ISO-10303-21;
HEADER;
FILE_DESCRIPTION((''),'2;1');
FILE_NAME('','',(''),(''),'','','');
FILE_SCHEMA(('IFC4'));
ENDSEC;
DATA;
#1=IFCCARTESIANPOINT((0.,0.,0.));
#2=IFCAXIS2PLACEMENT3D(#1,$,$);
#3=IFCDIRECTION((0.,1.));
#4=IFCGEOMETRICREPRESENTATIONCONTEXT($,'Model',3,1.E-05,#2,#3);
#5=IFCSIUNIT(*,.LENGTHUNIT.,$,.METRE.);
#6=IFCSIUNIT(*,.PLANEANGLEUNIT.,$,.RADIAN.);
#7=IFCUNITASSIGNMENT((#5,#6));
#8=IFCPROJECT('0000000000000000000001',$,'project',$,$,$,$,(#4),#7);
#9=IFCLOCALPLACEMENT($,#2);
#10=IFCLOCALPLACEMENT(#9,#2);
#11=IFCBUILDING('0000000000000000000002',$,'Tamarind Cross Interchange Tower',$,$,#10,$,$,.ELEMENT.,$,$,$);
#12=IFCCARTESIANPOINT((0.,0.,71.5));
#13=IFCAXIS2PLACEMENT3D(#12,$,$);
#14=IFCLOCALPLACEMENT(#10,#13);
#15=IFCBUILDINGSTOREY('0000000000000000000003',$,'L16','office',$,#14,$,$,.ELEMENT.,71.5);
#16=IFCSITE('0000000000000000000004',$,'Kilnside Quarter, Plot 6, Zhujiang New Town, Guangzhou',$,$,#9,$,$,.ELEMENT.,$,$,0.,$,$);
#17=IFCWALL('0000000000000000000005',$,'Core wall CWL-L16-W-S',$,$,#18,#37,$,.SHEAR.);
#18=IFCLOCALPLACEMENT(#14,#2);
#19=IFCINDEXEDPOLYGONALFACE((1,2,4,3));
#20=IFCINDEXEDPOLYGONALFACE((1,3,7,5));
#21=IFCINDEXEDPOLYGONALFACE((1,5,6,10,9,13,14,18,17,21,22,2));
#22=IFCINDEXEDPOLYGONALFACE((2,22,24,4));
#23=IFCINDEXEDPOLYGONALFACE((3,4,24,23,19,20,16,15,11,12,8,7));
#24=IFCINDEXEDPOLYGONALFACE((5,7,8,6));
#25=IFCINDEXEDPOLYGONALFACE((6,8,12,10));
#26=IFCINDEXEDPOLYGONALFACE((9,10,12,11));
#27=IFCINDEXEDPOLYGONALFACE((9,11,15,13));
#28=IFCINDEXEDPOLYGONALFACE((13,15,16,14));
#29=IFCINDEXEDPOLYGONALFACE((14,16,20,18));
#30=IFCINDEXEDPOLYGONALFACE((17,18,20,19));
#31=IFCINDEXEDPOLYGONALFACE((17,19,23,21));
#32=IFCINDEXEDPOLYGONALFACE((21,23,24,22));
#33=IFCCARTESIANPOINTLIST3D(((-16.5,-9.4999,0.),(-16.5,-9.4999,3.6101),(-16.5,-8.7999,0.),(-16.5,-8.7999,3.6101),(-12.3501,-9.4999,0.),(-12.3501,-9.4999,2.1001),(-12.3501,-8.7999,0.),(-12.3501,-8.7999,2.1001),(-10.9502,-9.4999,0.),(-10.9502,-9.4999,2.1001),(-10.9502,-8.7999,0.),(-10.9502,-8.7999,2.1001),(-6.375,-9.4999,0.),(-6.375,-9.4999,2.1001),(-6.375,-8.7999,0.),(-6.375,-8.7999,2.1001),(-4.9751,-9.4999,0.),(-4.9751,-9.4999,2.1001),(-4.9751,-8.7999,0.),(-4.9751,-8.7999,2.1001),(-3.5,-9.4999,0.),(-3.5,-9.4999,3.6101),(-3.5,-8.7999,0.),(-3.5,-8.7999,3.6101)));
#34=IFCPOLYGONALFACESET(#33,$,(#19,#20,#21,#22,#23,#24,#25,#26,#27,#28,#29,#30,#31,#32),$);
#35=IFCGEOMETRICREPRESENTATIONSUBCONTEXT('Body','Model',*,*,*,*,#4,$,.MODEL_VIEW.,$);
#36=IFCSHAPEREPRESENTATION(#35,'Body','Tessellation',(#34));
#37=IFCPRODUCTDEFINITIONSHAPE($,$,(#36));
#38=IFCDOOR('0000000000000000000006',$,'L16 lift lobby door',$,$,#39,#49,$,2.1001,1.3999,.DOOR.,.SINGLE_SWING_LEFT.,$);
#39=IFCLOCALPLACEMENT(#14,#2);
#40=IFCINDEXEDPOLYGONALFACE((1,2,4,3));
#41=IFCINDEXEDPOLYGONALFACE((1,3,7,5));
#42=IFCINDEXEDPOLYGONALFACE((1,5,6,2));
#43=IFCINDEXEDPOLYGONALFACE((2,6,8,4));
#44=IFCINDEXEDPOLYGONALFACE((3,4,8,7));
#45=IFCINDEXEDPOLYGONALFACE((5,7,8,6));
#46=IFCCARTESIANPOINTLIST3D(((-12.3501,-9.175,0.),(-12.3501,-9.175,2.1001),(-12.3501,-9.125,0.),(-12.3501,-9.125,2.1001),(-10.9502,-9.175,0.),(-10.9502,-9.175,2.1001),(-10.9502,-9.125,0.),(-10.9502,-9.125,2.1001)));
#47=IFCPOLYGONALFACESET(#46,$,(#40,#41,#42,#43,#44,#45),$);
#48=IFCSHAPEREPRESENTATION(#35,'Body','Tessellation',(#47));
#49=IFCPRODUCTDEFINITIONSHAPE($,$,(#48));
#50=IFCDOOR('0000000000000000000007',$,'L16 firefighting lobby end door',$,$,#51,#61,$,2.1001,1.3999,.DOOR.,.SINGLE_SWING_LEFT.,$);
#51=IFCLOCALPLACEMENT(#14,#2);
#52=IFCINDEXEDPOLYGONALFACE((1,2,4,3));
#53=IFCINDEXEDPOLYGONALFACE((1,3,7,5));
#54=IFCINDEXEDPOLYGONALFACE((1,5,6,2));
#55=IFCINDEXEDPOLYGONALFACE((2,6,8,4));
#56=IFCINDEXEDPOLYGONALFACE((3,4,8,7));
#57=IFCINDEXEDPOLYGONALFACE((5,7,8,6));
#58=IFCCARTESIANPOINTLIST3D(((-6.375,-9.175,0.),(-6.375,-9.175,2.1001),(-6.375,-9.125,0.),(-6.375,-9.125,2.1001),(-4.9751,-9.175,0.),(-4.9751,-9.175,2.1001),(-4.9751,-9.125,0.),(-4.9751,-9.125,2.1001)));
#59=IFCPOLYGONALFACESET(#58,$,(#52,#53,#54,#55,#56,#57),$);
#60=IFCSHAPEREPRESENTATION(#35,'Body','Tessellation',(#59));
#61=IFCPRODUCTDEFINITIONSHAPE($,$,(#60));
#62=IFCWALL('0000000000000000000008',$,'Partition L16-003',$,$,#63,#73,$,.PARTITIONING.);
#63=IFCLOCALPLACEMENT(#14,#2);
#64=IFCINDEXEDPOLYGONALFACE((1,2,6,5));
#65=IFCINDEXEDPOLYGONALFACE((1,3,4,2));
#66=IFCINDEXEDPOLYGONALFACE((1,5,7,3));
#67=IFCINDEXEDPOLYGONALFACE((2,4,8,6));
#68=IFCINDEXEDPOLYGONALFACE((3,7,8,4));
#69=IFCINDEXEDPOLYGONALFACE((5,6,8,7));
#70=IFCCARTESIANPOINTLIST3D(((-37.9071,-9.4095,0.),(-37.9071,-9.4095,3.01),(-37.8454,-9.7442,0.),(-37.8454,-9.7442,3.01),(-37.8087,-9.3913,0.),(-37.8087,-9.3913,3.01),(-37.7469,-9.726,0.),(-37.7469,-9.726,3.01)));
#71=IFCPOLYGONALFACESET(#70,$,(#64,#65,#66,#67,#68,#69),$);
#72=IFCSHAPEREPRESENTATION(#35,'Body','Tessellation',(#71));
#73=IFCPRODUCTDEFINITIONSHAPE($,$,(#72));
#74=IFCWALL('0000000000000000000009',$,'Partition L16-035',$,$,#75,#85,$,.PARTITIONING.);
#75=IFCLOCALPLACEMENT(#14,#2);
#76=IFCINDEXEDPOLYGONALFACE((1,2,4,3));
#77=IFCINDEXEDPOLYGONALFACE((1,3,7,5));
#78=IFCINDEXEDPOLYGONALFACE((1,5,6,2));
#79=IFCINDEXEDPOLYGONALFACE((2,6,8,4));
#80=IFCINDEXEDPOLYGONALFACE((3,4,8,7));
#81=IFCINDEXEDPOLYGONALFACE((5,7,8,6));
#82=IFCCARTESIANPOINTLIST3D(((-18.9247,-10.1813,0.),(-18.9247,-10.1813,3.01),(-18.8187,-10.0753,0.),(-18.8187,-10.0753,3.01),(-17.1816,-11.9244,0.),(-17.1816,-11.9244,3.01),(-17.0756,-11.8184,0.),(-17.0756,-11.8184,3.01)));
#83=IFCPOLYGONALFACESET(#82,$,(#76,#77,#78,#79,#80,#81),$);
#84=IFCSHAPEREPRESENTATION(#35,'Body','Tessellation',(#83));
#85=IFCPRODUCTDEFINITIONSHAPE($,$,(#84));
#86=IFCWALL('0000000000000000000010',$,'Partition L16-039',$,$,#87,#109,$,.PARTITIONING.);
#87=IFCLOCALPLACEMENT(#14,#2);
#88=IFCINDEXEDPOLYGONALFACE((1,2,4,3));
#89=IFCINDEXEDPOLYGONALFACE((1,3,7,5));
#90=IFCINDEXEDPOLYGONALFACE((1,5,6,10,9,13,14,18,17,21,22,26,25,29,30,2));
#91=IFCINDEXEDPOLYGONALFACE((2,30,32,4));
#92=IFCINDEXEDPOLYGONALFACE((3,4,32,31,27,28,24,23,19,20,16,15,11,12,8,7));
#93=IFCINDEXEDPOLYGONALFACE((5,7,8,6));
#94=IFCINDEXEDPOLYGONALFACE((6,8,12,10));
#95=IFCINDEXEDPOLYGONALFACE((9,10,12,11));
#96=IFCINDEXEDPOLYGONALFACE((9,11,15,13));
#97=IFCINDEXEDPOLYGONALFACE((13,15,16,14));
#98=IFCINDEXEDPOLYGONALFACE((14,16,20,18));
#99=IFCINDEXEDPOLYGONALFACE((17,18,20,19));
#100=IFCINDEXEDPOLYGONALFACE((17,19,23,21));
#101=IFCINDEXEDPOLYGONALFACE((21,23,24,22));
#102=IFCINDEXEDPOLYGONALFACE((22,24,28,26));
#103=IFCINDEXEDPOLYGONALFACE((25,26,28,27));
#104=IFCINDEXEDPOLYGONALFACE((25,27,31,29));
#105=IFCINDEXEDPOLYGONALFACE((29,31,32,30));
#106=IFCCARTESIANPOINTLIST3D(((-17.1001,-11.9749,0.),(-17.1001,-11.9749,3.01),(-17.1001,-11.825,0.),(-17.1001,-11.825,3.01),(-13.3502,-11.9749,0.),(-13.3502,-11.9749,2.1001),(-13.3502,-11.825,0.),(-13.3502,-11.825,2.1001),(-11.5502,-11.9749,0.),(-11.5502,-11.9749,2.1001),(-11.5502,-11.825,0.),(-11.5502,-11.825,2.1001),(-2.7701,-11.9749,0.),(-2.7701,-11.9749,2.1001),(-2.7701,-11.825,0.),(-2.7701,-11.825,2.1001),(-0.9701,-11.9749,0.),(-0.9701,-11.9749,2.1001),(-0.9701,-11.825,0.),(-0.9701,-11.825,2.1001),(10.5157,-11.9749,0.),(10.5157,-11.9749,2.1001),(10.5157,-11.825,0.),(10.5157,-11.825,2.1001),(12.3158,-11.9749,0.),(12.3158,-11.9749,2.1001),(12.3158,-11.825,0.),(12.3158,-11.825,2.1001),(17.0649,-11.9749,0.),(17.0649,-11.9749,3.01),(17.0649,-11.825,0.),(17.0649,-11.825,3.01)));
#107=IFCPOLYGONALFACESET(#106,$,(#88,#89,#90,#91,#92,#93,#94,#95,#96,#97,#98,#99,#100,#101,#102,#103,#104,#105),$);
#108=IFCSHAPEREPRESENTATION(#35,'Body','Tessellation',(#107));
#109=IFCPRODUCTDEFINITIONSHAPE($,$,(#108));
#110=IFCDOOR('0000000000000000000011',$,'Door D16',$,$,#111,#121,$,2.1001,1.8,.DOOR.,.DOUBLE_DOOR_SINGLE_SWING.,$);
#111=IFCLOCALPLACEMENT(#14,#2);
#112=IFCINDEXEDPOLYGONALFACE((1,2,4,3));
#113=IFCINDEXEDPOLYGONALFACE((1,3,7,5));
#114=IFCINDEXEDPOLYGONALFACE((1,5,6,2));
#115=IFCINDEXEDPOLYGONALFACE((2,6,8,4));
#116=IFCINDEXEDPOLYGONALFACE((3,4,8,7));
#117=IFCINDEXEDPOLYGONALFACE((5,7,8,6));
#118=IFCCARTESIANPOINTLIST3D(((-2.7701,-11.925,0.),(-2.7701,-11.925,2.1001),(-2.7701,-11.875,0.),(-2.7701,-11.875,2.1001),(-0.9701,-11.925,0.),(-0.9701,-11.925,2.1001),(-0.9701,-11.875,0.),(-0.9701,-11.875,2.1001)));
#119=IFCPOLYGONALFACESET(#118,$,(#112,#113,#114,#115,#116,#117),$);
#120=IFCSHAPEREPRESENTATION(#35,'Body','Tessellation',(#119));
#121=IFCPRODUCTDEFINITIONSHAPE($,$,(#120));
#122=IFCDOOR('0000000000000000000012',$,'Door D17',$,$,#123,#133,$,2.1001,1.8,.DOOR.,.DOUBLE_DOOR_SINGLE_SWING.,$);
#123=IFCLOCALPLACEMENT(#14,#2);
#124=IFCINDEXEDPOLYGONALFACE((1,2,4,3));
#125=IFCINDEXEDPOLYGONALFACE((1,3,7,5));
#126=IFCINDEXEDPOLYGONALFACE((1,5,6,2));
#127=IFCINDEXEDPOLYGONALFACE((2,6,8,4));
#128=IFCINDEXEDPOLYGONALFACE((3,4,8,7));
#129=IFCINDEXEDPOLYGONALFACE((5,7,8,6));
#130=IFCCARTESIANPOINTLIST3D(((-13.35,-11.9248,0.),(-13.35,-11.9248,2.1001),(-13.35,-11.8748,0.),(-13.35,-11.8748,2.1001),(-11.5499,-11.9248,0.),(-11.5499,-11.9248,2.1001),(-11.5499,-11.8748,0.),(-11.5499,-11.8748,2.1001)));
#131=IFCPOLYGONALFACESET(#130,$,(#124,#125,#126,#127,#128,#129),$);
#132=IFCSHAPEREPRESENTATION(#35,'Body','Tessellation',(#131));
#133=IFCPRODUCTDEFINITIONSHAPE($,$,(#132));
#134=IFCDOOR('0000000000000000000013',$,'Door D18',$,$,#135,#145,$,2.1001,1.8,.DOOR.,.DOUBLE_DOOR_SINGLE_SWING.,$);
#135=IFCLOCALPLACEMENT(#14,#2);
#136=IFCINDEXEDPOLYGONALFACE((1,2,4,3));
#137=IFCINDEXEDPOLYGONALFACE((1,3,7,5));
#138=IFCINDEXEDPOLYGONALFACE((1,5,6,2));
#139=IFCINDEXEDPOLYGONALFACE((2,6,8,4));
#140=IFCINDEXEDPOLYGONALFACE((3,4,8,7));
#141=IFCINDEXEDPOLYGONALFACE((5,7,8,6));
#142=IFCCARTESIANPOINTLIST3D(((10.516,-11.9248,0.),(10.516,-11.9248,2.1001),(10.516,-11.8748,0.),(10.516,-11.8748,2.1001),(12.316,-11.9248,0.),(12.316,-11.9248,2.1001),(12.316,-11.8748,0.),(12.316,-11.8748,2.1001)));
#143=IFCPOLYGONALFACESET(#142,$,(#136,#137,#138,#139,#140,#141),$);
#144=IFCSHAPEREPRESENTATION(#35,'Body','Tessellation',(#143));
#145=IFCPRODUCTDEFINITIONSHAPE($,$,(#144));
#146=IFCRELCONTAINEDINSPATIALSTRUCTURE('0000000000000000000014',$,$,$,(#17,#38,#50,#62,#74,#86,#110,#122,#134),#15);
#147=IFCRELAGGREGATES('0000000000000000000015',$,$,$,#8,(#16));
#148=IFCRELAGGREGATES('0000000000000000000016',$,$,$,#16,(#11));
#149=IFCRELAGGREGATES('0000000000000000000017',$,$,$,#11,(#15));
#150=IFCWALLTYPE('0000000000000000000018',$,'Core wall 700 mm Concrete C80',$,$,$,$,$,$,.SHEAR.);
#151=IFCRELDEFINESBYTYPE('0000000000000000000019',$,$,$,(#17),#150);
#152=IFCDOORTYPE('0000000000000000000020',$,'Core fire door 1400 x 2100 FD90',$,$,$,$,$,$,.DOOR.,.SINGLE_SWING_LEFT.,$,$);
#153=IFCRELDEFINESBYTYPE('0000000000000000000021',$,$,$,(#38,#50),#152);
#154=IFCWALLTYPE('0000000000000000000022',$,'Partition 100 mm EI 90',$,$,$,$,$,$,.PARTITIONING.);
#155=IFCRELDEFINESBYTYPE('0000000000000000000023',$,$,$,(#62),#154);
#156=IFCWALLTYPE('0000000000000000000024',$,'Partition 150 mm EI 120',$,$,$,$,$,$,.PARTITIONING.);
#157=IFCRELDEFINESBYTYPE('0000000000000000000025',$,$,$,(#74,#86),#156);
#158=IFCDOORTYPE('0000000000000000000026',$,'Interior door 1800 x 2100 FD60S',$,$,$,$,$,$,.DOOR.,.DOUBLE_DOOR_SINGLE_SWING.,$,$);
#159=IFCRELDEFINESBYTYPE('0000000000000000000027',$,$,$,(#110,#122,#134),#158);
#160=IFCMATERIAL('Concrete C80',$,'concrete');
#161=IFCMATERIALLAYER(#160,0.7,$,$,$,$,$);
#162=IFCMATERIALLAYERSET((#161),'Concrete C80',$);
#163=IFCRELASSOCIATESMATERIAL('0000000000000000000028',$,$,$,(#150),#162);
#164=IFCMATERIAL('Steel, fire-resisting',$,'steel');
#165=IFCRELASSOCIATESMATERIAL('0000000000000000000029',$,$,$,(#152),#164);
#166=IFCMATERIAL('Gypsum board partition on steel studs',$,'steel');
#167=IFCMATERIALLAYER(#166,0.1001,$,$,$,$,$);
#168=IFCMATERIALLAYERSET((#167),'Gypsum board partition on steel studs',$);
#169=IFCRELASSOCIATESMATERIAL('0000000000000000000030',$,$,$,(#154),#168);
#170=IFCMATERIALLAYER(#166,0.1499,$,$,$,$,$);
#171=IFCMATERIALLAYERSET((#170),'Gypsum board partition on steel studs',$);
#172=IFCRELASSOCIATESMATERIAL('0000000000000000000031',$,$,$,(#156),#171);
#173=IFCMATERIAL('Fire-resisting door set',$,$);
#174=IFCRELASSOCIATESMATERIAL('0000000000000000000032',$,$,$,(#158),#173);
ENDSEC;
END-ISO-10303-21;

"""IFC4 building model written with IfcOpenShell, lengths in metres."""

from ifc_helpers import new_model, si_unit, direction, frame, frame_2d, origin, place, context, subcontext, project, spatial, rectangle, extrude, material, layer, layer_set, type_object, element, fill, save


model = new_model("IFC4")

# Units and contexts
model_context = context("Model", 3, precision=1e-05, world=origin(), true_north=direction((0.0, 1.0)))
body_context = subcontext(model_context, "Body", "Model", "MODEL_VIEW")
ifc_project = project(units=[si_unit("LENGTHUNIT", "METRE"), si_unit("PLANEANGLEUNIT", "RADIAN")], contexts=[model_context])

# Site, building, storey
site_placement = place(None, origin())
site = spatial("IfcSite", under=ifc_project, at=site_placement, Name="Kilnside Quarter, Plot 6, Zhujiang New Town, Guangzhou", CompositionType="ELEMENT", RefElevation=0.0)
building_placement = place(site_placement, origin())
building = spatial("IfcBuilding", under=site, at=building_placement, Name="Tamarind Cross Interchange Tower", CompositionType="ELEMENT")
storey_placement = place(building_placement, frame((0.0, 0.0, 71.5)))
storey = spatial("IfcBuildingStorey", under=building, at=storey_placement, Name="L16", Description="office", CompositionType="ELEMENT", Elevation=71.5)

# Wall, openings, doors
ifc_material_1 = material(Name="Concrete C80", Category="concrete")
ifc_layer_1 = layer(ifc_material_1, 0.7)
ifc_layer_set_1 = layer_set([ifc_layer_1], Name="Concrete C80")
wall_type_1 = type_object("IfcWallType", Name="Core wall 700 mm Concrete C80", PredefinedType="SHEAR", material=ifc_layer_set_1)
wall_1_placement = place(storey_placement, frame((-16.5, -9.1499, 0.0), z_axis=(0.0, 0.0, 1.0), x_axis=(1.0, 0.0, 0.0)))
wall_1 = element("IfcWall", 1, at=wall_1_placement, inside=storey, type_object=wall_type_1, Name="Core wall CWL-L16-W-S", PredefinedType="SHEAR", context=body_context, shape_type="SweptSolid", body=[
    extrude(rectangle(XDim=13.0, YDim=0.7, at=frame_2d((6.5, 0.0))), origin(), (0.0, 0.0, 1.0), 3.6101),
])
opening_1_placement = place(wall_1_placement, frame((4.1499, 0.0, 0.0)))
opening_1 = element("IfcOpeningElement", 2, at=opening_1_placement, cuts=wall_1, PredefinedType="OPENING", context=body_context, shape_type="SweptSolid", body=[
    extrude(rectangle(XDim=1.3999, YDim=2.1001, at=frame_2d((0.7, 1.05))), frame((0.0, 0.3599, 0.0), z_axis=(0.0, -1.0, 0.0), x_axis=(1.0, 0.0, 0.0)), (0.0, 0.0, 1.0), 0.72),
])
opening_2_placement = place(wall_1_placement, frame((10.125, 0.0, 0.0)))
opening_2 = element("IfcOpeningElement", 3, at=opening_2_placement, cuts=wall_1, PredefinedType="OPENING", context=body_context, shape_type="SweptSolid", body=[
    extrude(rectangle(XDim=1.3999, YDim=2.1001, at=frame_2d((0.7, 1.05))), frame((0.0, 0.3599, 0.0), z_axis=(0.0, -1.0, 0.0), x_axis=(1.0, 0.0, 0.0)), (0.0, 0.0, 1.0), 0.72),
])
ifc_material_2 = material(Name="Steel, fire-resisting", Category="steel")
door_type_1 = type_object("IfcDoorType", Name="Core fire door 1400 x 2100 FD90", OperationType="SINGLE_SWING_LEFT", PredefinedType="DOOR", material=ifc_material_2)
door_1_placement = place(opening_1_placement, origin())
door_1 = element("IfcDoor", 4, at=door_1_placement, inside=storey, type_object=door_type_1, Name="L16 lift lobby door", OperationType="SINGLE_SWING_LEFT", OverallHeight=2.1001, OverallWidth=1.3999, PredefinedType="DOOR", context=body_context, shape_type="SweptSolid", body=[
    extrude(rectangle(XDim=1.3999, YDim=2.1001, at=frame_2d((0.7, 1.05))), frame((0.0, 0.0249, 0.0), z_axis=(0.0, -1.0, 0.0), x_axis=(1.0, 0.0, 0.0)), (0.0, 0.0, 1.0), 0.05),
])
fill(opening_1, door_1)
door_2_placement = place(opening_2_placement, origin())
door_2 = element("IfcDoor", 5, at=door_2_placement, inside=storey, type_object=door_type_1, Name="L16 firefighting lobby end door", OperationType="SINGLE_SWING_LEFT", OverallHeight=2.1001, OverallWidth=1.3999, PredefinedType="DOOR", context=body_context, shape_type="SweptSolid", body=[
    extrude(rectangle(XDim=1.3999, YDim=2.1001, at=frame_2d((0.7, 1.05))), frame((0.0, 0.0249, 0.0), z_axis=(0.0, -1.0, 0.0), x_axis=(1.0, 0.0, 0.0)), (0.0, 0.0, 1.0), 0.05),
])
fill(opening_2, door_2)

# Walls
ifc_material_3 = material(Name="Gypsum board partition on steel studs", Category="steel")
ifc_layer_2 = layer(ifc_material_3, 0.1001)
ifc_layer_set_2 = layer_set([ifc_layer_2], Name="Gypsum board partition on steel studs")
wall_type_2 = type_object("IfcWallType", Name="Partition 100 mm EI 90", PredefinedType="PARTITIONING", material=ifc_layer_set_2)
wall_2_placement = place(storey_placement, frame((-37.8579, -9.4004, 0.0), z_axis=(0.0, 0.0, 1.0), x_axis=(0.181473, -0.983396, 0.0)))
element("IfcWall", 6, at=wall_2_placement, inside=storey, type_object=wall_type_2, Name="Partition L16-003", PredefinedType="PARTITIONING", context=body_context, shape_type="SweptSolid", body=[
    extrude(rectangle(XDim=0.3403, YDim=0.1001, at=frame_2d((0.1702, 0.0))), origin(), (0.0, 0.0, 1.0), 3.01),
])
ifc_layer_3 = layer(ifc_material_3, 0.1499)
ifc_layer_set_3 = layer_set([ifc_layer_3], Name="Gypsum board partition on steel studs")
wall_type_3 = type_object("IfcWallType", Name="Partition 150 mm EI 120", PredefinedType="PARTITIONING", material=ifc_layer_set_3)
wall_3_placement = place(storey_placement, frame((-18.8716, -10.1284, 0.0), z_axis=(0.0, 0.0, 1.0), x_axis=(0.707107, -0.707107, 0.0)))
element("IfcWall", 7, at=wall_3_placement, inside=storey, type_object=wall_type_3, Name="Partition L16-035", PredefinedType="PARTITIONING", context=body_context, shape_type="SweptSolid", body=[
    extrude(rectangle(XDim=2.4651, YDim=0.1499, at=frame_2d((1.2324, 0.0))), origin(), (0.0, 0.0, 1.0), 3.01),
])

# Wall, openings, doors
wall_4_placement = place(storey_placement, frame((-17.1001, -11.8999, 0.0), z_axis=(0.0, 0.0, 1.0), x_axis=(1.0, 0.0, 0.0)))
wall_4 = element("IfcWall", 8, at=wall_4_placement, inside=storey, type_object=wall_type_3, Name="Partition L16-039", PredefinedType="PARTITIONING", context=body_context, shape_type="SweptSolid", body=[
    extrude(rectangle(XDim=34.165, YDim=0.1499, at=frame_2d((17.0825, 0.0))), origin(), (0.0, 0.0, 1.0), 3.01),
])
opening_3_placement = place(wall_4_placement, frame((14.3301, 0.0, 0.0)))
opening_3 = element("IfcOpeningElement", 9, at=opening_3_placement, cuts=wall_4, PredefinedType="OPENING", context=body_context, shape_type="SweptSolid", body=[
    extrude(rectangle(XDim=1.8, YDim=2.1001, at=frame_2d((0.8999, 1.05))), frame((0.0, 0.085, 0.0), z_axis=(0.0, -1.0, 0.0), x_axis=(1.0, 0.0, 0.0)), (0.0, 0.0, 1.0), 0.1699),
])
opening_4_placement = place(wall_4_placement, frame((3.75, 0.0, 0.0)))
opening_4 = element("IfcOpeningElement", 10, at=opening_4_placement, cuts=wall_4, PredefinedType="OPENING", context=body_context, shape_type="SweptSolid", body=[
    extrude(rectangle(XDim=1.8, YDim=2.1001, at=frame_2d((0.8999, 1.05))), frame((0.0, 0.085, 0.0), z_axis=(0.0, -1.0, 0.0), x_axis=(1.0, 0.0, 0.0)), (0.0, 0.0, 1.0), 0.1699),
])
opening_5_placement = place(wall_4_placement, frame((27.616, 0.0, 0.0)))
opening_5 = element("IfcOpeningElement", 11, at=opening_5_placement, cuts=wall_4, PredefinedType="OPENING", context=body_context, shape_type="SweptSolid", body=[
    extrude(rectangle(XDim=1.8, YDim=2.1001, at=frame_2d((0.8999, 1.05))), frame((0.0, 0.085, 0.0), z_axis=(0.0, -1.0, 0.0), x_axis=(1.0, 0.0, 0.0)), (0.0, 0.0, 1.0), 0.1699),
])
ifc_material_4 = material(Name="Fire-resisting door set")
door_type_2 = type_object("IfcDoorType", Name="Interior door 1800 x 2100 FD60S", OperationType="DOUBLE_DOOR_SINGLE_SWING", PredefinedType="DOOR", material=ifc_material_4)
door_3_placement = place(opening_3_placement, origin())
door_3 = element("IfcDoor", 12, at=door_3_placement, inside=storey, type_object=door_type_2, Name="Door D16", OperationType="DOUBLE_DOOR_SINGLE_SWING", OverallHeight=2.1001, OverallWidth=1.8, PredefinedType="DOOR", context=body_context, shape_type="SweptSolid", body=[
    extrude(rectangle(XDim=1.8, YDim=2.1001, at=frame_2d((0.8999, 1.05))), frame((0.0, 0.0249, 0.0), z_axis=(0.0, -1.0, 0.0), x_axis=(1.0, 0.0, 0.0)), (0.0, 0.0, 1.0), 0.05),
])
fill(opening_3, door_3)
door_4_placement = place(opening_4_placement, frame((1.8, 0.0, 0.0), z_axis=(0.0, 0.0, 1.0), x_axis=(-1.0, 0.0, 0.0)))
door_4 = element("IfcDoor", 13, at=door_4_placement, inside=storey, type_object=door_type_2, Name="Door D17", OperationType="DOUBLE_DOOR_SINGLE_SWING", OverallHeight=2.1001, OverallWidth=1.8, PredefinedType="DOOR", context=body_context, shape_type="SweptSolid", body=[
    extrude(rectangle(XDim=1.8, YDim=2.1001, at=frame_2d((0.8999, 1.05))), frame((0.0, 0.0249, 0.0), z_axis=(0.0, -1.0, 0.0), x_axis=(1.0, 0.0, 0.0)), (0.0, 0.0, 1.0), 0.05),
])
fill(opening_4, door_4)
door_5_placement = place(opening_5_placement, frame((1.8, 0.0, 0.0), z_axis=(0.0, 0.0, 1.0), x_axis=(-1.0, 0.0, 0.0)))
door_5 = element("IfcDoor", 14, at=door_5_placement, inside=storey, type_object=door_type_2, Name="Door D18", OperationType="DOUBLE_DOOR_SINGLE_SWING", OverallHeight=2.1001, OverallWidth=1.8, PredefinedType="DOOR", context=body_context, shape_type="SweptSolid", body=[
    extrude(rectangle(XDim=1.8, YDim=2.1001, at=frame_2d((0.8999, 1.05))), frame((0.0, 0.0249, 0.0), z_axis=(0.0, -1.0, 0.0), x_axis=(1.0, 0.0, 0.0)), (0.0, 0.0, 1.0), 0.05),
])
fill(opening_5, door_5)

save(model, "model.ifc")
